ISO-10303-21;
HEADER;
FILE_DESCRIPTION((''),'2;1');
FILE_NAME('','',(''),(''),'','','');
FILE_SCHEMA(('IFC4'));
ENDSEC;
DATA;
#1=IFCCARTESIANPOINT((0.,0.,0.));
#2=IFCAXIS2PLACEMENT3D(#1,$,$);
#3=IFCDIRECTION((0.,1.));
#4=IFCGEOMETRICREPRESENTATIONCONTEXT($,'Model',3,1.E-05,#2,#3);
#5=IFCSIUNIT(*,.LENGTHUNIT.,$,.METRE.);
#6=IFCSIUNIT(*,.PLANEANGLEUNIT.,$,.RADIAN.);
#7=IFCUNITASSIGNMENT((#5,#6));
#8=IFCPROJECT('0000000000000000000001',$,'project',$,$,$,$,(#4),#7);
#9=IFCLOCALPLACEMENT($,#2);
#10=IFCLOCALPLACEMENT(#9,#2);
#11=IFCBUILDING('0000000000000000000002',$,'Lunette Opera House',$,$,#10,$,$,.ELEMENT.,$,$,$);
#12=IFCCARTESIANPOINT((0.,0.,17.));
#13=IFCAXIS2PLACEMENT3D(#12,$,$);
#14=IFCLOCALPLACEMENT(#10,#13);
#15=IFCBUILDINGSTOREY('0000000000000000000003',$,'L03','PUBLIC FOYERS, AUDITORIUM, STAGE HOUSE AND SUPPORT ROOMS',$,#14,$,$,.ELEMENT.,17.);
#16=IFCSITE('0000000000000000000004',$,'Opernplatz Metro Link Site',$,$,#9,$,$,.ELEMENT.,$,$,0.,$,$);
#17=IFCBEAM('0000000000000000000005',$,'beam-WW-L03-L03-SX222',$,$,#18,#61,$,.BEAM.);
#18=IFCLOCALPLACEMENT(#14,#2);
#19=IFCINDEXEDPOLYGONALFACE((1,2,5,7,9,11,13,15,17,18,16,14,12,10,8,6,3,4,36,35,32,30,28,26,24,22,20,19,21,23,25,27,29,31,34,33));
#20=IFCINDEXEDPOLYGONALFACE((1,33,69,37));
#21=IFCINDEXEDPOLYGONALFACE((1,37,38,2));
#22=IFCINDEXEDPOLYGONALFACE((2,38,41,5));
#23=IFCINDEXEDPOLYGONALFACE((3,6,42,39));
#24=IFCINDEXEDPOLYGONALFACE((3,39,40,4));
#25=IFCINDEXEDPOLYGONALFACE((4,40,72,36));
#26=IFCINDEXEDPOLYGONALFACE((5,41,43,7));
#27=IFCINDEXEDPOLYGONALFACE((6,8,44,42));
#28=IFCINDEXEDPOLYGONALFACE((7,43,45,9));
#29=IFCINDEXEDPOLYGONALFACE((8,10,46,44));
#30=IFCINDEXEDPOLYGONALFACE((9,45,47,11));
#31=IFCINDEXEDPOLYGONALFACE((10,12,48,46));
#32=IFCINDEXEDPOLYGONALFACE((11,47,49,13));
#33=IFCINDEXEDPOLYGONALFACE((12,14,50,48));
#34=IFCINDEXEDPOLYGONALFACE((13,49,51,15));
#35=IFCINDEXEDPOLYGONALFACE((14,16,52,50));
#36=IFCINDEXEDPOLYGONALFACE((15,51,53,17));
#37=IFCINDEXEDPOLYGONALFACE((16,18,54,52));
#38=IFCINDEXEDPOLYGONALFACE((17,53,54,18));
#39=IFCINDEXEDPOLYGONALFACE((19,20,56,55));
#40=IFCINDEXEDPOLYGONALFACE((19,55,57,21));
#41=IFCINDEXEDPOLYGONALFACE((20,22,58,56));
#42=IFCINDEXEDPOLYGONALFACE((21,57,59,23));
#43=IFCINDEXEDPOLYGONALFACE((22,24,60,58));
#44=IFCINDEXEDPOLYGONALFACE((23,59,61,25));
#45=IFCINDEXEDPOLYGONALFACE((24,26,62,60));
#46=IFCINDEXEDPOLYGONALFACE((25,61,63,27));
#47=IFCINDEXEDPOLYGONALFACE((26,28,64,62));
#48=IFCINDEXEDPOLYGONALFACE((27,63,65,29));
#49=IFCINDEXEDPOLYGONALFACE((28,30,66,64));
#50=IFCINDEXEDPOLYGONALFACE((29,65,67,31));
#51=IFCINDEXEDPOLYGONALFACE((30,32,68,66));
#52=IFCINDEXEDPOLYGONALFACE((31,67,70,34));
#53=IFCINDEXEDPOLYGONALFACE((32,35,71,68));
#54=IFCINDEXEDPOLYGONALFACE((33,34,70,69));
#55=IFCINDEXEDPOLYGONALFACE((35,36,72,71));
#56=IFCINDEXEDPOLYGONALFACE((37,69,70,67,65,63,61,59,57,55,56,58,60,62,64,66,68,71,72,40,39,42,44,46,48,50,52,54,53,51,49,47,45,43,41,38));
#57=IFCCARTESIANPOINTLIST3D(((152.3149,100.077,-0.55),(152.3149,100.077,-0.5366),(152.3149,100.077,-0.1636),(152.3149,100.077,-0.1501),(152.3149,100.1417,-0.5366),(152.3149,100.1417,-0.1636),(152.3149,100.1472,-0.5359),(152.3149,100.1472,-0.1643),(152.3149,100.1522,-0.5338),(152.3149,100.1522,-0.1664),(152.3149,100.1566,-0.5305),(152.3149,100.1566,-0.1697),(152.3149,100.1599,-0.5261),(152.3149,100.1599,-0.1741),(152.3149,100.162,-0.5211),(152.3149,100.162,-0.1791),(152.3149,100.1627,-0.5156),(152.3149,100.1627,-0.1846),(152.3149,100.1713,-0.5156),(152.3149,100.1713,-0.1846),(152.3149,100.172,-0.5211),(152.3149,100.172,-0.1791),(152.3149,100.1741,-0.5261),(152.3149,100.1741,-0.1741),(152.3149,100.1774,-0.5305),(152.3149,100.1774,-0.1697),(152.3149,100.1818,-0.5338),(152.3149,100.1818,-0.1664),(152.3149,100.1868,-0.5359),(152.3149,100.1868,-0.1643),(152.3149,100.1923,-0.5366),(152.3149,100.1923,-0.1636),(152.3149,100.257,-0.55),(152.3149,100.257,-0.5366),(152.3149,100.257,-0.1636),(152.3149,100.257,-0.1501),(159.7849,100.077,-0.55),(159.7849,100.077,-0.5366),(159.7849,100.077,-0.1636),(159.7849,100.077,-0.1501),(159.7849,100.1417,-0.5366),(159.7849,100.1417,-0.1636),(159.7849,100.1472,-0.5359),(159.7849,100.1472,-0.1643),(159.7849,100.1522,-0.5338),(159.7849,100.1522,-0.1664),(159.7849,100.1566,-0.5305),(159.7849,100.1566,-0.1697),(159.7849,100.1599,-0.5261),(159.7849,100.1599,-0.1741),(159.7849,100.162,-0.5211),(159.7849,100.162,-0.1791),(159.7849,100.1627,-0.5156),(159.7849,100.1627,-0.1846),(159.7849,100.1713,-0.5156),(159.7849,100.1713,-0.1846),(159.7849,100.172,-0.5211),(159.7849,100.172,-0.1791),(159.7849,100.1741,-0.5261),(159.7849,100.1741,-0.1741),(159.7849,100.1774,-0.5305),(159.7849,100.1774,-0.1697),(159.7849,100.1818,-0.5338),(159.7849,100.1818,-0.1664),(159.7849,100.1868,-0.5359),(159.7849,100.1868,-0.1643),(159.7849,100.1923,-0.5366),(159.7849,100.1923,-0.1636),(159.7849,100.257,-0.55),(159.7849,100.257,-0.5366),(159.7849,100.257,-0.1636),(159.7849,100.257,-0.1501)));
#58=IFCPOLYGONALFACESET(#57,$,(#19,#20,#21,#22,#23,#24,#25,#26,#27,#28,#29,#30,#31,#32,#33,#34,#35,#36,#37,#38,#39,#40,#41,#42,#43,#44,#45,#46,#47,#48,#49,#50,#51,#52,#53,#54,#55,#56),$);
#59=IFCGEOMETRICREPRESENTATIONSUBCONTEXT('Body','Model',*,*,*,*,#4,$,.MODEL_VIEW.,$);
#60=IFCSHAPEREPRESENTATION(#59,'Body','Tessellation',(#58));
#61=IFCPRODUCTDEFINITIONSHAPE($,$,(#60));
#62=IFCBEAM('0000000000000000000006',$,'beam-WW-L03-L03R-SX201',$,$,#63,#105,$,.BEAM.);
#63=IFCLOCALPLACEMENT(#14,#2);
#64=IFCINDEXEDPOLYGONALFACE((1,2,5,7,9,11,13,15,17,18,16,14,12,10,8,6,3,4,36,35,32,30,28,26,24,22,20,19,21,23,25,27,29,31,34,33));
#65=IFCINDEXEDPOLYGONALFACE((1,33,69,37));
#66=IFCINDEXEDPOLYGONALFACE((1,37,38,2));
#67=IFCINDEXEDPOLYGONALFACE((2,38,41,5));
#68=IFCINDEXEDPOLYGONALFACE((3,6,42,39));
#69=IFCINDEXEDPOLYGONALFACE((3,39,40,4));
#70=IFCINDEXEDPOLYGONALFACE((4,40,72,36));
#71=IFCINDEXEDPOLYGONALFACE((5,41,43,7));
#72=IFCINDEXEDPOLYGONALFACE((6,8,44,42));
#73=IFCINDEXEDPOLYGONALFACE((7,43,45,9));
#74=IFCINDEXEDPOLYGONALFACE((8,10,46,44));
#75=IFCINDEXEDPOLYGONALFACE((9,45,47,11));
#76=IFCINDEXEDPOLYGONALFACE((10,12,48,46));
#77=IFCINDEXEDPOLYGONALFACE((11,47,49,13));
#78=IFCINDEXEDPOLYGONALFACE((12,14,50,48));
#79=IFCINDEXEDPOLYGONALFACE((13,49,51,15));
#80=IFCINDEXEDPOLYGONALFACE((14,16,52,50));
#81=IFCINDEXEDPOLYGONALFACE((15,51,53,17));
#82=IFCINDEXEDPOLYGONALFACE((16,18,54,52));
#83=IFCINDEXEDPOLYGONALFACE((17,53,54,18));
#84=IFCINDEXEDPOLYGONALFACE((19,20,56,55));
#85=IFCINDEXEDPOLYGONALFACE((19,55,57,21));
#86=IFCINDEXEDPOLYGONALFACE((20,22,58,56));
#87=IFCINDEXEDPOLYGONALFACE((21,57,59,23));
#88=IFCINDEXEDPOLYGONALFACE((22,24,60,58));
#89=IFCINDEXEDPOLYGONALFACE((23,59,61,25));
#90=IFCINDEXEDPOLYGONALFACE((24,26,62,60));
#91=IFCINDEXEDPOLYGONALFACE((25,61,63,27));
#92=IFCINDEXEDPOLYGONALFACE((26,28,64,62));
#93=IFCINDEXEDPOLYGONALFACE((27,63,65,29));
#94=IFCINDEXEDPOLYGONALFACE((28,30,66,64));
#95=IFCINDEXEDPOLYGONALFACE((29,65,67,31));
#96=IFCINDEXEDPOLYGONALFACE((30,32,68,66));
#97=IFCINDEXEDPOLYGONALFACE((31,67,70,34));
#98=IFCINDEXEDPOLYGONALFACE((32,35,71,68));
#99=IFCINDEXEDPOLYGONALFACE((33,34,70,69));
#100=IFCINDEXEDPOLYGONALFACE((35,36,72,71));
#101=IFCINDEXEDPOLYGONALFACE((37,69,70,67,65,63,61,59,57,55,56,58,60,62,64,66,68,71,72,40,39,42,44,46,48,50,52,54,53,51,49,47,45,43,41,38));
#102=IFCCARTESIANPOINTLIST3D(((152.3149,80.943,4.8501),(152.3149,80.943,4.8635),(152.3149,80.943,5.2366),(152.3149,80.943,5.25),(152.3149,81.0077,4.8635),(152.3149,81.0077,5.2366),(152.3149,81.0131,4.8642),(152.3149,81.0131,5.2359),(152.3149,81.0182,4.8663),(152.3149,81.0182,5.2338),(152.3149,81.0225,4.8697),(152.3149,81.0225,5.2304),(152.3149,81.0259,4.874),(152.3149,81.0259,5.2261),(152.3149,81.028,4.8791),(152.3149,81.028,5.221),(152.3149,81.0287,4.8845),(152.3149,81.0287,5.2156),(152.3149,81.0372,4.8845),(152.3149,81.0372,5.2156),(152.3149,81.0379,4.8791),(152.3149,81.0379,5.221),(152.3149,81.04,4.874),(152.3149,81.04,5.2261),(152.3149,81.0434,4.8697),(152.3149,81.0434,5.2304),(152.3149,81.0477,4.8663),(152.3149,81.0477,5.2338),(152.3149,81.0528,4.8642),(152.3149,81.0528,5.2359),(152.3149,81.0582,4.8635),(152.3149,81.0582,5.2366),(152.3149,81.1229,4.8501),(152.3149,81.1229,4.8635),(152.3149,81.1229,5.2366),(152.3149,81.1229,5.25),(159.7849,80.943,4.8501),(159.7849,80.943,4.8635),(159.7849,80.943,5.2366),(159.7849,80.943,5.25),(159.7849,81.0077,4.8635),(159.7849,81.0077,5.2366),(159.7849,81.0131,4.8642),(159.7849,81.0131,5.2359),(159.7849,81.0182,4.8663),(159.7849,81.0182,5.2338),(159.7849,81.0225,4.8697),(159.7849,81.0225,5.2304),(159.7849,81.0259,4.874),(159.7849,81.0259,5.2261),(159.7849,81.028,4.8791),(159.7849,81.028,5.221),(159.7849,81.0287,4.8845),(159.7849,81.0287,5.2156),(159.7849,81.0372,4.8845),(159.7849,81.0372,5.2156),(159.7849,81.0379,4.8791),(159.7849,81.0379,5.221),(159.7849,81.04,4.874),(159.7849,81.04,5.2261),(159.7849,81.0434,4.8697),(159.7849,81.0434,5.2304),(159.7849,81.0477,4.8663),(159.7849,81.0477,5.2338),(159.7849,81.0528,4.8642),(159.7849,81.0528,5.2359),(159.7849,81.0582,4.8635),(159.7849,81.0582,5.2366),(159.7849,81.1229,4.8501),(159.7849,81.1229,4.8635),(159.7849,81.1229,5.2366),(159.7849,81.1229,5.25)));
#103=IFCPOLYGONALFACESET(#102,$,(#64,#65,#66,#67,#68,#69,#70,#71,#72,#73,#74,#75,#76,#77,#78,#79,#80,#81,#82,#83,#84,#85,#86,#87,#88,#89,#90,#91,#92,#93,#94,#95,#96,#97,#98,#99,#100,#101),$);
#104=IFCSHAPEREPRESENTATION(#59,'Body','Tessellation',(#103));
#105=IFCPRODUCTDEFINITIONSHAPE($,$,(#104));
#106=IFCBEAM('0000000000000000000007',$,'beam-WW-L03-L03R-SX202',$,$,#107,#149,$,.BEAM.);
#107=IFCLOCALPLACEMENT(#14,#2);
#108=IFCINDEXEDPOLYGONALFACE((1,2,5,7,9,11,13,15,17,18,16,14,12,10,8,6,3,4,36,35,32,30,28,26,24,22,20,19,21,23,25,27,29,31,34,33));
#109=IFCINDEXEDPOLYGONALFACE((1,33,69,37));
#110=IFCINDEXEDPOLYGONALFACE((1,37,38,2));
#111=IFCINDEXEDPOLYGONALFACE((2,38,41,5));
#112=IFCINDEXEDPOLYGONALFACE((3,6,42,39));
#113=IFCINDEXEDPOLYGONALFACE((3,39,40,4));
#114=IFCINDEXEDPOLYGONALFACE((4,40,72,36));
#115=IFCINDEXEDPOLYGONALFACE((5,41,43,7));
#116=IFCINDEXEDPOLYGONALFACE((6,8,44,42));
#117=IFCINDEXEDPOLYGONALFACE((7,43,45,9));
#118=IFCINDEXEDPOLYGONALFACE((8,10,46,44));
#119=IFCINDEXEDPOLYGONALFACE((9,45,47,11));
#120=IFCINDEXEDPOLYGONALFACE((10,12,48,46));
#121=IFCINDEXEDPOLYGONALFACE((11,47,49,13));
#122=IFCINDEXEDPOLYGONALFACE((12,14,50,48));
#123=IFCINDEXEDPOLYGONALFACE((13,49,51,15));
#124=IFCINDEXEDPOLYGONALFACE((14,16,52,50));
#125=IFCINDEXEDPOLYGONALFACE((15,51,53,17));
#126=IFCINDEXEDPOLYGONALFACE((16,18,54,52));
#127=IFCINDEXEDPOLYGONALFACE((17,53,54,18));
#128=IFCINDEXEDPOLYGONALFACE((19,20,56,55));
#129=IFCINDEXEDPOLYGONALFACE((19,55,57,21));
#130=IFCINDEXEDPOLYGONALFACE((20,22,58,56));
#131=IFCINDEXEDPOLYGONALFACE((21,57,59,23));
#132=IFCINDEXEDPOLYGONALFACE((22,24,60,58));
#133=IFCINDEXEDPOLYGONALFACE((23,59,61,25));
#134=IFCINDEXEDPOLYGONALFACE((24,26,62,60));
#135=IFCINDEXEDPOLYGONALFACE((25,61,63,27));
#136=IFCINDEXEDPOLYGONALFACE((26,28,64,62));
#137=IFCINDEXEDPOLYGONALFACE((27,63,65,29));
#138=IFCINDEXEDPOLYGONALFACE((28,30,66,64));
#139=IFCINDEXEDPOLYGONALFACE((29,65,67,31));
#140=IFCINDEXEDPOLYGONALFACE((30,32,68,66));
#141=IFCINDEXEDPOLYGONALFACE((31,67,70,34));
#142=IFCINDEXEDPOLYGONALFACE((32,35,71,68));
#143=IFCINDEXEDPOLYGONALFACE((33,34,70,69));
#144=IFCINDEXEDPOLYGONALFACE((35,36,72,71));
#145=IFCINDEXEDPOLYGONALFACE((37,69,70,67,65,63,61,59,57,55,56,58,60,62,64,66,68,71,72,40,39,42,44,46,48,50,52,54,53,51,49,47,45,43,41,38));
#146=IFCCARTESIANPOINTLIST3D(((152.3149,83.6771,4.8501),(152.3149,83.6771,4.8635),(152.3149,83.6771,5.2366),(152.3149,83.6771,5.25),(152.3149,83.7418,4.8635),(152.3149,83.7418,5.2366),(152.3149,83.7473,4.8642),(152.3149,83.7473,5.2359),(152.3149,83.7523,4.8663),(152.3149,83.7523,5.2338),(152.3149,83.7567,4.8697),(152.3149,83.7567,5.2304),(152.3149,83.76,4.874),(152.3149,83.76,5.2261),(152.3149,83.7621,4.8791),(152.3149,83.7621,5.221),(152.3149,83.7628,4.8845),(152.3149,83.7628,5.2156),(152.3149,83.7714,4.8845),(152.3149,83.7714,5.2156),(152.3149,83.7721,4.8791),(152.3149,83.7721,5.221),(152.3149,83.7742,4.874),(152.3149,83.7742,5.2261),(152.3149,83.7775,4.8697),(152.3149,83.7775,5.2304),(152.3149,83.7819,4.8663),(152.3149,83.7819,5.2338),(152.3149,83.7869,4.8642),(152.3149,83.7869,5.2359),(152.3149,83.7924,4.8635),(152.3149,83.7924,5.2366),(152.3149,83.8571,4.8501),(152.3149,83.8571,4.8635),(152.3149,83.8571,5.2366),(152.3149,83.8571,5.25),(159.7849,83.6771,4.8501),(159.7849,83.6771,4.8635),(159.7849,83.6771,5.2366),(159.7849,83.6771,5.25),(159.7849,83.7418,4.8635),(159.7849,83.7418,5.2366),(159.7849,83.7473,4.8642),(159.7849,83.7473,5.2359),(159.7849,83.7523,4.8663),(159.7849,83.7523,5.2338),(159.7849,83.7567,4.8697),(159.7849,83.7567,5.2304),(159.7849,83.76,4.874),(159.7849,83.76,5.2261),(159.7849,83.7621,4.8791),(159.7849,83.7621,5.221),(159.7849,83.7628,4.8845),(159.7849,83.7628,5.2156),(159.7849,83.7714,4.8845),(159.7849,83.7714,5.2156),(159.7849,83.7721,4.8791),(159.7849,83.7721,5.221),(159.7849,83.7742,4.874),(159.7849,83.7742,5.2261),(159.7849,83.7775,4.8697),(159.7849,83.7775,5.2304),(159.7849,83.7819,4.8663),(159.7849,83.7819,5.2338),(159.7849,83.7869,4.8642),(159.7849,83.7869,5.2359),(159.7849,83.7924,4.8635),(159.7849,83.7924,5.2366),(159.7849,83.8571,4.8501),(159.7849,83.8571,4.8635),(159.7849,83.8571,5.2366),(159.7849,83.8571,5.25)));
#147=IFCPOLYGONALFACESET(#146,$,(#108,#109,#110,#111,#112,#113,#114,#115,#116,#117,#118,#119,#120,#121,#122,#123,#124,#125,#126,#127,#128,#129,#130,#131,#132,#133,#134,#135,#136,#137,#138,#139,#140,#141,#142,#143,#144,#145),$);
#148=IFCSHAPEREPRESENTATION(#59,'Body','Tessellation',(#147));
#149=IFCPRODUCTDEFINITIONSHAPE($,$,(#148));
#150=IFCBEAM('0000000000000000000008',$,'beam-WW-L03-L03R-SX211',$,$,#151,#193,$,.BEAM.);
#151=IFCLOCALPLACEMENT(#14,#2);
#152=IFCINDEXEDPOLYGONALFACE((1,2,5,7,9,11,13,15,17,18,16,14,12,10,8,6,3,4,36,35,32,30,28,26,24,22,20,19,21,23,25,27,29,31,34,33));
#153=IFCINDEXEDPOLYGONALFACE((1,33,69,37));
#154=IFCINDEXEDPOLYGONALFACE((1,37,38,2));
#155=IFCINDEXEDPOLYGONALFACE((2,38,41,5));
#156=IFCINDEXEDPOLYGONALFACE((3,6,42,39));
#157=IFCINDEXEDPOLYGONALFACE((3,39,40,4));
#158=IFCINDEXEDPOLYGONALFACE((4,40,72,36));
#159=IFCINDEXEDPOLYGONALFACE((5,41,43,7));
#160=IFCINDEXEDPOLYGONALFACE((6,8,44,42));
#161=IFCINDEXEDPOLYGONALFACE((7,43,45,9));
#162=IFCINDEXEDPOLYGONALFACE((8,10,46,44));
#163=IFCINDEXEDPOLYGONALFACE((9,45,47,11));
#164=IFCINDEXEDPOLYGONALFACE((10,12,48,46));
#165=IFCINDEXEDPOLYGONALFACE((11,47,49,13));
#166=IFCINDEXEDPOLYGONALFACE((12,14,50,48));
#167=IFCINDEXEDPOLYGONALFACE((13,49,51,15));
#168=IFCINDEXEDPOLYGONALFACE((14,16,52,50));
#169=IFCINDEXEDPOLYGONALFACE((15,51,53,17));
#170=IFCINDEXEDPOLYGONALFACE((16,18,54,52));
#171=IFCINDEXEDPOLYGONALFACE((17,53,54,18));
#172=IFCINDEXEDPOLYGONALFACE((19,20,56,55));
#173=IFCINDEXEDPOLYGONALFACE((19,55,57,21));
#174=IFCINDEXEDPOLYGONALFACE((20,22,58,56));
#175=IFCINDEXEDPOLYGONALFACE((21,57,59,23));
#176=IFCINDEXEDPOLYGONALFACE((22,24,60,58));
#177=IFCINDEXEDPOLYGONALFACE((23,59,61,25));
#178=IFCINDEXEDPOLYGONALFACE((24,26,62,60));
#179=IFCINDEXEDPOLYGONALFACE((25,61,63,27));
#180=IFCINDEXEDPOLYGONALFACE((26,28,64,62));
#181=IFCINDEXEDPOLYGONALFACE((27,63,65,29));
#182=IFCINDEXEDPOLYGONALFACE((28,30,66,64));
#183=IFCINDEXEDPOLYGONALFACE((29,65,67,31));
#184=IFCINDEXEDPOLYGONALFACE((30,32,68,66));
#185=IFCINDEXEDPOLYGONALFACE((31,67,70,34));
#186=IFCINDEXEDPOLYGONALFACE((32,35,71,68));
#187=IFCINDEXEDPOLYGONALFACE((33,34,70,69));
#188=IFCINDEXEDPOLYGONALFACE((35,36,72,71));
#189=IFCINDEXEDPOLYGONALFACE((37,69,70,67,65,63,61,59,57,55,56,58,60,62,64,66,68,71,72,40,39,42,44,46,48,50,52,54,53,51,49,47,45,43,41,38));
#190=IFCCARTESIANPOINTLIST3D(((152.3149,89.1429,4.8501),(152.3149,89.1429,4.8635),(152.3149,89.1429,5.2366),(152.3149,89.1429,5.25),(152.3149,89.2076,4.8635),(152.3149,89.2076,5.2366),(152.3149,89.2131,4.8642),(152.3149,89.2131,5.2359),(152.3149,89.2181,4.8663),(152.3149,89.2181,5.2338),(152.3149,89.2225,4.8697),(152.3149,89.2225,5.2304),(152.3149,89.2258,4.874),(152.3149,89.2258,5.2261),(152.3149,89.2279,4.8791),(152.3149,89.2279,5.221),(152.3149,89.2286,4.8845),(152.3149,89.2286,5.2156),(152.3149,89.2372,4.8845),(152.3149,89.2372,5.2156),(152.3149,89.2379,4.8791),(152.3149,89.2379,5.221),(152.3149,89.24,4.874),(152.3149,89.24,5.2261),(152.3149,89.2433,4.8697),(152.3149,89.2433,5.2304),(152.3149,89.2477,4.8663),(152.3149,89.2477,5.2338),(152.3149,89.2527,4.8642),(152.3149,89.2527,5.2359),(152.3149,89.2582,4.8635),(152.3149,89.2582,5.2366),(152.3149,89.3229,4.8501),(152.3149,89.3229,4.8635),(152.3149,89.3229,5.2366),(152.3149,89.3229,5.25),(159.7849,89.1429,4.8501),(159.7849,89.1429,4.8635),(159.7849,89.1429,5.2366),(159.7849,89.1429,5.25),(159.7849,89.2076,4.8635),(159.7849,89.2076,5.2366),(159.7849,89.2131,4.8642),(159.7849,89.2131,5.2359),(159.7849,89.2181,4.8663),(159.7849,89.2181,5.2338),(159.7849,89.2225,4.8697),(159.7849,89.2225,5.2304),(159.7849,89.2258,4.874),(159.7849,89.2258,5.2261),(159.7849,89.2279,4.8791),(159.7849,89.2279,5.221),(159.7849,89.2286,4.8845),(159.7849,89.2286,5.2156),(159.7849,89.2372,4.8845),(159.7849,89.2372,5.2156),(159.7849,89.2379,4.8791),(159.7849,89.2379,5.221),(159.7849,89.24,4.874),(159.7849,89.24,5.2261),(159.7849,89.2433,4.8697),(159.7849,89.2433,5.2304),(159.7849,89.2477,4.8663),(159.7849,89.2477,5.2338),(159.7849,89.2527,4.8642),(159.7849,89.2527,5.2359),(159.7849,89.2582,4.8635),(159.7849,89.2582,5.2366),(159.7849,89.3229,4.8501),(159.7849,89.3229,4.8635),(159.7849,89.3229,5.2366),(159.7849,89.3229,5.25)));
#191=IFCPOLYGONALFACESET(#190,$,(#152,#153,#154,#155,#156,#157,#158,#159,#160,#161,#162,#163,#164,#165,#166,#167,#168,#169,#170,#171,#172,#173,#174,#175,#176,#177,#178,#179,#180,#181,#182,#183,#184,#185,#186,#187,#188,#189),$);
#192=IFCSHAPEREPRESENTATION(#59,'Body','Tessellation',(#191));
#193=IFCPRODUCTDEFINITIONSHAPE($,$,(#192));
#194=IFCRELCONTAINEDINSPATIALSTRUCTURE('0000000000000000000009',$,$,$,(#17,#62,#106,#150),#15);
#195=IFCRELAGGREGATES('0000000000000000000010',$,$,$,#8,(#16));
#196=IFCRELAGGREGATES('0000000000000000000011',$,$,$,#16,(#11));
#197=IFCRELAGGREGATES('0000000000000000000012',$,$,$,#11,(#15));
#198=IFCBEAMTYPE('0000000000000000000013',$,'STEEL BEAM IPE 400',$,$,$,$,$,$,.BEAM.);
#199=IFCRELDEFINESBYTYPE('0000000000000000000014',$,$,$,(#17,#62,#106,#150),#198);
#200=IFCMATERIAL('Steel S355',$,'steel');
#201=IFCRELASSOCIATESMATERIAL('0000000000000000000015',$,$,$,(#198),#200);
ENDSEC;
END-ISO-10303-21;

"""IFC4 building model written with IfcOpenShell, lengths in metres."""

from ifc_helpers import new_model, si_unit, direction, frame, origin, origin_2d, place, context, subcontext, project, spatial, i_section, extrude, material, material_profile, profile_set, type_object, element, save


model = new_model("IFC4")

# Units and contexts
model_context = context("Model", 3, precision=1e-05, world=origin(), true_north=direction((0.0, 1.0)))
body_context = subcontext(model_context, "Body", "Model", "MODEL_VIEW")
ifc_project = project(units=[si_unit("LENGTHUNIT", "METRE"), si_unit("PLANEANGLEUNIT", "RADIAN")], contexts=[model_context])

# Site, building, storey
site_placement = place(None, origin())
site = spatial("IfcSite", under=ifc_project, at=site_placement, Name="Opernplatz Metro Link Site", CompositionType="ELEMENT", RefElevation=0.0)
building_placement = place(site_placement, origin())
building = spatial("IfcBuilding", under=site, at=building_placement, Name="Lunette Opera House", CompositionType="ELEMENT")
storey_placement = place(building_placement, frame((0.0, 0.0, 17.0)))
storey = spatial("IfcBuildingStorey", under=building, at=storey_placement, Name="L03", Description="PUBLIC FOYERS, AUDITORIUM, STAGE HOUSE AND SUPPORT ROOMS", CompositionType="ELEMENT", Elevation=17.0)

# Beams
ifc_material_1 = material(Name="Steel S355", Category="steel")
ifc_material_profile_1 = material_profile(ifc_material_1, i_section(OverallWidth=0.1799, OverallDepth=0.3999, WebThickness=0.0085, FlangeThickness=0.0134, FilletRadius=0.021, at=origin_2d()), Name="IPE 400")
ifc_profile_set_1 = profile_set([ifc_material_profile_1], Name="Steel S355")
beam_type_1 = type_object("IfcBeamType", Name="STEEL BEAM IPE 400", PredefinedType="BEAM", material=ifc_profile_set_1)
for number, where, z_axis, x_axis, name in (
    (1, (152.3149, 100.167, -0.3501), (1.0, 0.0, 0.0), (0.0, 1.0, 0.0), "beam-WW-L03-L03-SX222"),
    (2, (152.3149, 81.033, 5.05), (1.0, 0.0, 0.0), (0.0, 1.0, 0.0), "beam-WW-L03-L03R-SX201"),
    (3, (152.3149, 83.7671, 5.05), (1.0, 0.0, 0.0), (0.0, 1.0, 0.0), "beam-WW-L03-L03R-SX202"),
    (4, (152.3149, 89.2329, 5.05), (1.0, 0.0, 0.0), (0.0, 1.0, 0.0), "beam-WW-L03-L03R-SX211"),
):
    element("IfcBeam", number, at=place(storey_placement, frame(where, z_axis=z_axis, x_axis=x_axis)), inside=storey, type_object=beam_type_1, Name=name, PredefinedType="BEAM", context=body_context, shape_type="SweptSolid", body=[
        extrude(i_section(OverallWidth=0.1799, OverallDepth=0.3999, WebThickness=0.0085, FlangeThickness=0.0134, FilletRadius=0.021, at=origin_2d()), origin(), (0.0, 0.0, 1.0), 7.47),
    ])

save(model, "model.ifc")
